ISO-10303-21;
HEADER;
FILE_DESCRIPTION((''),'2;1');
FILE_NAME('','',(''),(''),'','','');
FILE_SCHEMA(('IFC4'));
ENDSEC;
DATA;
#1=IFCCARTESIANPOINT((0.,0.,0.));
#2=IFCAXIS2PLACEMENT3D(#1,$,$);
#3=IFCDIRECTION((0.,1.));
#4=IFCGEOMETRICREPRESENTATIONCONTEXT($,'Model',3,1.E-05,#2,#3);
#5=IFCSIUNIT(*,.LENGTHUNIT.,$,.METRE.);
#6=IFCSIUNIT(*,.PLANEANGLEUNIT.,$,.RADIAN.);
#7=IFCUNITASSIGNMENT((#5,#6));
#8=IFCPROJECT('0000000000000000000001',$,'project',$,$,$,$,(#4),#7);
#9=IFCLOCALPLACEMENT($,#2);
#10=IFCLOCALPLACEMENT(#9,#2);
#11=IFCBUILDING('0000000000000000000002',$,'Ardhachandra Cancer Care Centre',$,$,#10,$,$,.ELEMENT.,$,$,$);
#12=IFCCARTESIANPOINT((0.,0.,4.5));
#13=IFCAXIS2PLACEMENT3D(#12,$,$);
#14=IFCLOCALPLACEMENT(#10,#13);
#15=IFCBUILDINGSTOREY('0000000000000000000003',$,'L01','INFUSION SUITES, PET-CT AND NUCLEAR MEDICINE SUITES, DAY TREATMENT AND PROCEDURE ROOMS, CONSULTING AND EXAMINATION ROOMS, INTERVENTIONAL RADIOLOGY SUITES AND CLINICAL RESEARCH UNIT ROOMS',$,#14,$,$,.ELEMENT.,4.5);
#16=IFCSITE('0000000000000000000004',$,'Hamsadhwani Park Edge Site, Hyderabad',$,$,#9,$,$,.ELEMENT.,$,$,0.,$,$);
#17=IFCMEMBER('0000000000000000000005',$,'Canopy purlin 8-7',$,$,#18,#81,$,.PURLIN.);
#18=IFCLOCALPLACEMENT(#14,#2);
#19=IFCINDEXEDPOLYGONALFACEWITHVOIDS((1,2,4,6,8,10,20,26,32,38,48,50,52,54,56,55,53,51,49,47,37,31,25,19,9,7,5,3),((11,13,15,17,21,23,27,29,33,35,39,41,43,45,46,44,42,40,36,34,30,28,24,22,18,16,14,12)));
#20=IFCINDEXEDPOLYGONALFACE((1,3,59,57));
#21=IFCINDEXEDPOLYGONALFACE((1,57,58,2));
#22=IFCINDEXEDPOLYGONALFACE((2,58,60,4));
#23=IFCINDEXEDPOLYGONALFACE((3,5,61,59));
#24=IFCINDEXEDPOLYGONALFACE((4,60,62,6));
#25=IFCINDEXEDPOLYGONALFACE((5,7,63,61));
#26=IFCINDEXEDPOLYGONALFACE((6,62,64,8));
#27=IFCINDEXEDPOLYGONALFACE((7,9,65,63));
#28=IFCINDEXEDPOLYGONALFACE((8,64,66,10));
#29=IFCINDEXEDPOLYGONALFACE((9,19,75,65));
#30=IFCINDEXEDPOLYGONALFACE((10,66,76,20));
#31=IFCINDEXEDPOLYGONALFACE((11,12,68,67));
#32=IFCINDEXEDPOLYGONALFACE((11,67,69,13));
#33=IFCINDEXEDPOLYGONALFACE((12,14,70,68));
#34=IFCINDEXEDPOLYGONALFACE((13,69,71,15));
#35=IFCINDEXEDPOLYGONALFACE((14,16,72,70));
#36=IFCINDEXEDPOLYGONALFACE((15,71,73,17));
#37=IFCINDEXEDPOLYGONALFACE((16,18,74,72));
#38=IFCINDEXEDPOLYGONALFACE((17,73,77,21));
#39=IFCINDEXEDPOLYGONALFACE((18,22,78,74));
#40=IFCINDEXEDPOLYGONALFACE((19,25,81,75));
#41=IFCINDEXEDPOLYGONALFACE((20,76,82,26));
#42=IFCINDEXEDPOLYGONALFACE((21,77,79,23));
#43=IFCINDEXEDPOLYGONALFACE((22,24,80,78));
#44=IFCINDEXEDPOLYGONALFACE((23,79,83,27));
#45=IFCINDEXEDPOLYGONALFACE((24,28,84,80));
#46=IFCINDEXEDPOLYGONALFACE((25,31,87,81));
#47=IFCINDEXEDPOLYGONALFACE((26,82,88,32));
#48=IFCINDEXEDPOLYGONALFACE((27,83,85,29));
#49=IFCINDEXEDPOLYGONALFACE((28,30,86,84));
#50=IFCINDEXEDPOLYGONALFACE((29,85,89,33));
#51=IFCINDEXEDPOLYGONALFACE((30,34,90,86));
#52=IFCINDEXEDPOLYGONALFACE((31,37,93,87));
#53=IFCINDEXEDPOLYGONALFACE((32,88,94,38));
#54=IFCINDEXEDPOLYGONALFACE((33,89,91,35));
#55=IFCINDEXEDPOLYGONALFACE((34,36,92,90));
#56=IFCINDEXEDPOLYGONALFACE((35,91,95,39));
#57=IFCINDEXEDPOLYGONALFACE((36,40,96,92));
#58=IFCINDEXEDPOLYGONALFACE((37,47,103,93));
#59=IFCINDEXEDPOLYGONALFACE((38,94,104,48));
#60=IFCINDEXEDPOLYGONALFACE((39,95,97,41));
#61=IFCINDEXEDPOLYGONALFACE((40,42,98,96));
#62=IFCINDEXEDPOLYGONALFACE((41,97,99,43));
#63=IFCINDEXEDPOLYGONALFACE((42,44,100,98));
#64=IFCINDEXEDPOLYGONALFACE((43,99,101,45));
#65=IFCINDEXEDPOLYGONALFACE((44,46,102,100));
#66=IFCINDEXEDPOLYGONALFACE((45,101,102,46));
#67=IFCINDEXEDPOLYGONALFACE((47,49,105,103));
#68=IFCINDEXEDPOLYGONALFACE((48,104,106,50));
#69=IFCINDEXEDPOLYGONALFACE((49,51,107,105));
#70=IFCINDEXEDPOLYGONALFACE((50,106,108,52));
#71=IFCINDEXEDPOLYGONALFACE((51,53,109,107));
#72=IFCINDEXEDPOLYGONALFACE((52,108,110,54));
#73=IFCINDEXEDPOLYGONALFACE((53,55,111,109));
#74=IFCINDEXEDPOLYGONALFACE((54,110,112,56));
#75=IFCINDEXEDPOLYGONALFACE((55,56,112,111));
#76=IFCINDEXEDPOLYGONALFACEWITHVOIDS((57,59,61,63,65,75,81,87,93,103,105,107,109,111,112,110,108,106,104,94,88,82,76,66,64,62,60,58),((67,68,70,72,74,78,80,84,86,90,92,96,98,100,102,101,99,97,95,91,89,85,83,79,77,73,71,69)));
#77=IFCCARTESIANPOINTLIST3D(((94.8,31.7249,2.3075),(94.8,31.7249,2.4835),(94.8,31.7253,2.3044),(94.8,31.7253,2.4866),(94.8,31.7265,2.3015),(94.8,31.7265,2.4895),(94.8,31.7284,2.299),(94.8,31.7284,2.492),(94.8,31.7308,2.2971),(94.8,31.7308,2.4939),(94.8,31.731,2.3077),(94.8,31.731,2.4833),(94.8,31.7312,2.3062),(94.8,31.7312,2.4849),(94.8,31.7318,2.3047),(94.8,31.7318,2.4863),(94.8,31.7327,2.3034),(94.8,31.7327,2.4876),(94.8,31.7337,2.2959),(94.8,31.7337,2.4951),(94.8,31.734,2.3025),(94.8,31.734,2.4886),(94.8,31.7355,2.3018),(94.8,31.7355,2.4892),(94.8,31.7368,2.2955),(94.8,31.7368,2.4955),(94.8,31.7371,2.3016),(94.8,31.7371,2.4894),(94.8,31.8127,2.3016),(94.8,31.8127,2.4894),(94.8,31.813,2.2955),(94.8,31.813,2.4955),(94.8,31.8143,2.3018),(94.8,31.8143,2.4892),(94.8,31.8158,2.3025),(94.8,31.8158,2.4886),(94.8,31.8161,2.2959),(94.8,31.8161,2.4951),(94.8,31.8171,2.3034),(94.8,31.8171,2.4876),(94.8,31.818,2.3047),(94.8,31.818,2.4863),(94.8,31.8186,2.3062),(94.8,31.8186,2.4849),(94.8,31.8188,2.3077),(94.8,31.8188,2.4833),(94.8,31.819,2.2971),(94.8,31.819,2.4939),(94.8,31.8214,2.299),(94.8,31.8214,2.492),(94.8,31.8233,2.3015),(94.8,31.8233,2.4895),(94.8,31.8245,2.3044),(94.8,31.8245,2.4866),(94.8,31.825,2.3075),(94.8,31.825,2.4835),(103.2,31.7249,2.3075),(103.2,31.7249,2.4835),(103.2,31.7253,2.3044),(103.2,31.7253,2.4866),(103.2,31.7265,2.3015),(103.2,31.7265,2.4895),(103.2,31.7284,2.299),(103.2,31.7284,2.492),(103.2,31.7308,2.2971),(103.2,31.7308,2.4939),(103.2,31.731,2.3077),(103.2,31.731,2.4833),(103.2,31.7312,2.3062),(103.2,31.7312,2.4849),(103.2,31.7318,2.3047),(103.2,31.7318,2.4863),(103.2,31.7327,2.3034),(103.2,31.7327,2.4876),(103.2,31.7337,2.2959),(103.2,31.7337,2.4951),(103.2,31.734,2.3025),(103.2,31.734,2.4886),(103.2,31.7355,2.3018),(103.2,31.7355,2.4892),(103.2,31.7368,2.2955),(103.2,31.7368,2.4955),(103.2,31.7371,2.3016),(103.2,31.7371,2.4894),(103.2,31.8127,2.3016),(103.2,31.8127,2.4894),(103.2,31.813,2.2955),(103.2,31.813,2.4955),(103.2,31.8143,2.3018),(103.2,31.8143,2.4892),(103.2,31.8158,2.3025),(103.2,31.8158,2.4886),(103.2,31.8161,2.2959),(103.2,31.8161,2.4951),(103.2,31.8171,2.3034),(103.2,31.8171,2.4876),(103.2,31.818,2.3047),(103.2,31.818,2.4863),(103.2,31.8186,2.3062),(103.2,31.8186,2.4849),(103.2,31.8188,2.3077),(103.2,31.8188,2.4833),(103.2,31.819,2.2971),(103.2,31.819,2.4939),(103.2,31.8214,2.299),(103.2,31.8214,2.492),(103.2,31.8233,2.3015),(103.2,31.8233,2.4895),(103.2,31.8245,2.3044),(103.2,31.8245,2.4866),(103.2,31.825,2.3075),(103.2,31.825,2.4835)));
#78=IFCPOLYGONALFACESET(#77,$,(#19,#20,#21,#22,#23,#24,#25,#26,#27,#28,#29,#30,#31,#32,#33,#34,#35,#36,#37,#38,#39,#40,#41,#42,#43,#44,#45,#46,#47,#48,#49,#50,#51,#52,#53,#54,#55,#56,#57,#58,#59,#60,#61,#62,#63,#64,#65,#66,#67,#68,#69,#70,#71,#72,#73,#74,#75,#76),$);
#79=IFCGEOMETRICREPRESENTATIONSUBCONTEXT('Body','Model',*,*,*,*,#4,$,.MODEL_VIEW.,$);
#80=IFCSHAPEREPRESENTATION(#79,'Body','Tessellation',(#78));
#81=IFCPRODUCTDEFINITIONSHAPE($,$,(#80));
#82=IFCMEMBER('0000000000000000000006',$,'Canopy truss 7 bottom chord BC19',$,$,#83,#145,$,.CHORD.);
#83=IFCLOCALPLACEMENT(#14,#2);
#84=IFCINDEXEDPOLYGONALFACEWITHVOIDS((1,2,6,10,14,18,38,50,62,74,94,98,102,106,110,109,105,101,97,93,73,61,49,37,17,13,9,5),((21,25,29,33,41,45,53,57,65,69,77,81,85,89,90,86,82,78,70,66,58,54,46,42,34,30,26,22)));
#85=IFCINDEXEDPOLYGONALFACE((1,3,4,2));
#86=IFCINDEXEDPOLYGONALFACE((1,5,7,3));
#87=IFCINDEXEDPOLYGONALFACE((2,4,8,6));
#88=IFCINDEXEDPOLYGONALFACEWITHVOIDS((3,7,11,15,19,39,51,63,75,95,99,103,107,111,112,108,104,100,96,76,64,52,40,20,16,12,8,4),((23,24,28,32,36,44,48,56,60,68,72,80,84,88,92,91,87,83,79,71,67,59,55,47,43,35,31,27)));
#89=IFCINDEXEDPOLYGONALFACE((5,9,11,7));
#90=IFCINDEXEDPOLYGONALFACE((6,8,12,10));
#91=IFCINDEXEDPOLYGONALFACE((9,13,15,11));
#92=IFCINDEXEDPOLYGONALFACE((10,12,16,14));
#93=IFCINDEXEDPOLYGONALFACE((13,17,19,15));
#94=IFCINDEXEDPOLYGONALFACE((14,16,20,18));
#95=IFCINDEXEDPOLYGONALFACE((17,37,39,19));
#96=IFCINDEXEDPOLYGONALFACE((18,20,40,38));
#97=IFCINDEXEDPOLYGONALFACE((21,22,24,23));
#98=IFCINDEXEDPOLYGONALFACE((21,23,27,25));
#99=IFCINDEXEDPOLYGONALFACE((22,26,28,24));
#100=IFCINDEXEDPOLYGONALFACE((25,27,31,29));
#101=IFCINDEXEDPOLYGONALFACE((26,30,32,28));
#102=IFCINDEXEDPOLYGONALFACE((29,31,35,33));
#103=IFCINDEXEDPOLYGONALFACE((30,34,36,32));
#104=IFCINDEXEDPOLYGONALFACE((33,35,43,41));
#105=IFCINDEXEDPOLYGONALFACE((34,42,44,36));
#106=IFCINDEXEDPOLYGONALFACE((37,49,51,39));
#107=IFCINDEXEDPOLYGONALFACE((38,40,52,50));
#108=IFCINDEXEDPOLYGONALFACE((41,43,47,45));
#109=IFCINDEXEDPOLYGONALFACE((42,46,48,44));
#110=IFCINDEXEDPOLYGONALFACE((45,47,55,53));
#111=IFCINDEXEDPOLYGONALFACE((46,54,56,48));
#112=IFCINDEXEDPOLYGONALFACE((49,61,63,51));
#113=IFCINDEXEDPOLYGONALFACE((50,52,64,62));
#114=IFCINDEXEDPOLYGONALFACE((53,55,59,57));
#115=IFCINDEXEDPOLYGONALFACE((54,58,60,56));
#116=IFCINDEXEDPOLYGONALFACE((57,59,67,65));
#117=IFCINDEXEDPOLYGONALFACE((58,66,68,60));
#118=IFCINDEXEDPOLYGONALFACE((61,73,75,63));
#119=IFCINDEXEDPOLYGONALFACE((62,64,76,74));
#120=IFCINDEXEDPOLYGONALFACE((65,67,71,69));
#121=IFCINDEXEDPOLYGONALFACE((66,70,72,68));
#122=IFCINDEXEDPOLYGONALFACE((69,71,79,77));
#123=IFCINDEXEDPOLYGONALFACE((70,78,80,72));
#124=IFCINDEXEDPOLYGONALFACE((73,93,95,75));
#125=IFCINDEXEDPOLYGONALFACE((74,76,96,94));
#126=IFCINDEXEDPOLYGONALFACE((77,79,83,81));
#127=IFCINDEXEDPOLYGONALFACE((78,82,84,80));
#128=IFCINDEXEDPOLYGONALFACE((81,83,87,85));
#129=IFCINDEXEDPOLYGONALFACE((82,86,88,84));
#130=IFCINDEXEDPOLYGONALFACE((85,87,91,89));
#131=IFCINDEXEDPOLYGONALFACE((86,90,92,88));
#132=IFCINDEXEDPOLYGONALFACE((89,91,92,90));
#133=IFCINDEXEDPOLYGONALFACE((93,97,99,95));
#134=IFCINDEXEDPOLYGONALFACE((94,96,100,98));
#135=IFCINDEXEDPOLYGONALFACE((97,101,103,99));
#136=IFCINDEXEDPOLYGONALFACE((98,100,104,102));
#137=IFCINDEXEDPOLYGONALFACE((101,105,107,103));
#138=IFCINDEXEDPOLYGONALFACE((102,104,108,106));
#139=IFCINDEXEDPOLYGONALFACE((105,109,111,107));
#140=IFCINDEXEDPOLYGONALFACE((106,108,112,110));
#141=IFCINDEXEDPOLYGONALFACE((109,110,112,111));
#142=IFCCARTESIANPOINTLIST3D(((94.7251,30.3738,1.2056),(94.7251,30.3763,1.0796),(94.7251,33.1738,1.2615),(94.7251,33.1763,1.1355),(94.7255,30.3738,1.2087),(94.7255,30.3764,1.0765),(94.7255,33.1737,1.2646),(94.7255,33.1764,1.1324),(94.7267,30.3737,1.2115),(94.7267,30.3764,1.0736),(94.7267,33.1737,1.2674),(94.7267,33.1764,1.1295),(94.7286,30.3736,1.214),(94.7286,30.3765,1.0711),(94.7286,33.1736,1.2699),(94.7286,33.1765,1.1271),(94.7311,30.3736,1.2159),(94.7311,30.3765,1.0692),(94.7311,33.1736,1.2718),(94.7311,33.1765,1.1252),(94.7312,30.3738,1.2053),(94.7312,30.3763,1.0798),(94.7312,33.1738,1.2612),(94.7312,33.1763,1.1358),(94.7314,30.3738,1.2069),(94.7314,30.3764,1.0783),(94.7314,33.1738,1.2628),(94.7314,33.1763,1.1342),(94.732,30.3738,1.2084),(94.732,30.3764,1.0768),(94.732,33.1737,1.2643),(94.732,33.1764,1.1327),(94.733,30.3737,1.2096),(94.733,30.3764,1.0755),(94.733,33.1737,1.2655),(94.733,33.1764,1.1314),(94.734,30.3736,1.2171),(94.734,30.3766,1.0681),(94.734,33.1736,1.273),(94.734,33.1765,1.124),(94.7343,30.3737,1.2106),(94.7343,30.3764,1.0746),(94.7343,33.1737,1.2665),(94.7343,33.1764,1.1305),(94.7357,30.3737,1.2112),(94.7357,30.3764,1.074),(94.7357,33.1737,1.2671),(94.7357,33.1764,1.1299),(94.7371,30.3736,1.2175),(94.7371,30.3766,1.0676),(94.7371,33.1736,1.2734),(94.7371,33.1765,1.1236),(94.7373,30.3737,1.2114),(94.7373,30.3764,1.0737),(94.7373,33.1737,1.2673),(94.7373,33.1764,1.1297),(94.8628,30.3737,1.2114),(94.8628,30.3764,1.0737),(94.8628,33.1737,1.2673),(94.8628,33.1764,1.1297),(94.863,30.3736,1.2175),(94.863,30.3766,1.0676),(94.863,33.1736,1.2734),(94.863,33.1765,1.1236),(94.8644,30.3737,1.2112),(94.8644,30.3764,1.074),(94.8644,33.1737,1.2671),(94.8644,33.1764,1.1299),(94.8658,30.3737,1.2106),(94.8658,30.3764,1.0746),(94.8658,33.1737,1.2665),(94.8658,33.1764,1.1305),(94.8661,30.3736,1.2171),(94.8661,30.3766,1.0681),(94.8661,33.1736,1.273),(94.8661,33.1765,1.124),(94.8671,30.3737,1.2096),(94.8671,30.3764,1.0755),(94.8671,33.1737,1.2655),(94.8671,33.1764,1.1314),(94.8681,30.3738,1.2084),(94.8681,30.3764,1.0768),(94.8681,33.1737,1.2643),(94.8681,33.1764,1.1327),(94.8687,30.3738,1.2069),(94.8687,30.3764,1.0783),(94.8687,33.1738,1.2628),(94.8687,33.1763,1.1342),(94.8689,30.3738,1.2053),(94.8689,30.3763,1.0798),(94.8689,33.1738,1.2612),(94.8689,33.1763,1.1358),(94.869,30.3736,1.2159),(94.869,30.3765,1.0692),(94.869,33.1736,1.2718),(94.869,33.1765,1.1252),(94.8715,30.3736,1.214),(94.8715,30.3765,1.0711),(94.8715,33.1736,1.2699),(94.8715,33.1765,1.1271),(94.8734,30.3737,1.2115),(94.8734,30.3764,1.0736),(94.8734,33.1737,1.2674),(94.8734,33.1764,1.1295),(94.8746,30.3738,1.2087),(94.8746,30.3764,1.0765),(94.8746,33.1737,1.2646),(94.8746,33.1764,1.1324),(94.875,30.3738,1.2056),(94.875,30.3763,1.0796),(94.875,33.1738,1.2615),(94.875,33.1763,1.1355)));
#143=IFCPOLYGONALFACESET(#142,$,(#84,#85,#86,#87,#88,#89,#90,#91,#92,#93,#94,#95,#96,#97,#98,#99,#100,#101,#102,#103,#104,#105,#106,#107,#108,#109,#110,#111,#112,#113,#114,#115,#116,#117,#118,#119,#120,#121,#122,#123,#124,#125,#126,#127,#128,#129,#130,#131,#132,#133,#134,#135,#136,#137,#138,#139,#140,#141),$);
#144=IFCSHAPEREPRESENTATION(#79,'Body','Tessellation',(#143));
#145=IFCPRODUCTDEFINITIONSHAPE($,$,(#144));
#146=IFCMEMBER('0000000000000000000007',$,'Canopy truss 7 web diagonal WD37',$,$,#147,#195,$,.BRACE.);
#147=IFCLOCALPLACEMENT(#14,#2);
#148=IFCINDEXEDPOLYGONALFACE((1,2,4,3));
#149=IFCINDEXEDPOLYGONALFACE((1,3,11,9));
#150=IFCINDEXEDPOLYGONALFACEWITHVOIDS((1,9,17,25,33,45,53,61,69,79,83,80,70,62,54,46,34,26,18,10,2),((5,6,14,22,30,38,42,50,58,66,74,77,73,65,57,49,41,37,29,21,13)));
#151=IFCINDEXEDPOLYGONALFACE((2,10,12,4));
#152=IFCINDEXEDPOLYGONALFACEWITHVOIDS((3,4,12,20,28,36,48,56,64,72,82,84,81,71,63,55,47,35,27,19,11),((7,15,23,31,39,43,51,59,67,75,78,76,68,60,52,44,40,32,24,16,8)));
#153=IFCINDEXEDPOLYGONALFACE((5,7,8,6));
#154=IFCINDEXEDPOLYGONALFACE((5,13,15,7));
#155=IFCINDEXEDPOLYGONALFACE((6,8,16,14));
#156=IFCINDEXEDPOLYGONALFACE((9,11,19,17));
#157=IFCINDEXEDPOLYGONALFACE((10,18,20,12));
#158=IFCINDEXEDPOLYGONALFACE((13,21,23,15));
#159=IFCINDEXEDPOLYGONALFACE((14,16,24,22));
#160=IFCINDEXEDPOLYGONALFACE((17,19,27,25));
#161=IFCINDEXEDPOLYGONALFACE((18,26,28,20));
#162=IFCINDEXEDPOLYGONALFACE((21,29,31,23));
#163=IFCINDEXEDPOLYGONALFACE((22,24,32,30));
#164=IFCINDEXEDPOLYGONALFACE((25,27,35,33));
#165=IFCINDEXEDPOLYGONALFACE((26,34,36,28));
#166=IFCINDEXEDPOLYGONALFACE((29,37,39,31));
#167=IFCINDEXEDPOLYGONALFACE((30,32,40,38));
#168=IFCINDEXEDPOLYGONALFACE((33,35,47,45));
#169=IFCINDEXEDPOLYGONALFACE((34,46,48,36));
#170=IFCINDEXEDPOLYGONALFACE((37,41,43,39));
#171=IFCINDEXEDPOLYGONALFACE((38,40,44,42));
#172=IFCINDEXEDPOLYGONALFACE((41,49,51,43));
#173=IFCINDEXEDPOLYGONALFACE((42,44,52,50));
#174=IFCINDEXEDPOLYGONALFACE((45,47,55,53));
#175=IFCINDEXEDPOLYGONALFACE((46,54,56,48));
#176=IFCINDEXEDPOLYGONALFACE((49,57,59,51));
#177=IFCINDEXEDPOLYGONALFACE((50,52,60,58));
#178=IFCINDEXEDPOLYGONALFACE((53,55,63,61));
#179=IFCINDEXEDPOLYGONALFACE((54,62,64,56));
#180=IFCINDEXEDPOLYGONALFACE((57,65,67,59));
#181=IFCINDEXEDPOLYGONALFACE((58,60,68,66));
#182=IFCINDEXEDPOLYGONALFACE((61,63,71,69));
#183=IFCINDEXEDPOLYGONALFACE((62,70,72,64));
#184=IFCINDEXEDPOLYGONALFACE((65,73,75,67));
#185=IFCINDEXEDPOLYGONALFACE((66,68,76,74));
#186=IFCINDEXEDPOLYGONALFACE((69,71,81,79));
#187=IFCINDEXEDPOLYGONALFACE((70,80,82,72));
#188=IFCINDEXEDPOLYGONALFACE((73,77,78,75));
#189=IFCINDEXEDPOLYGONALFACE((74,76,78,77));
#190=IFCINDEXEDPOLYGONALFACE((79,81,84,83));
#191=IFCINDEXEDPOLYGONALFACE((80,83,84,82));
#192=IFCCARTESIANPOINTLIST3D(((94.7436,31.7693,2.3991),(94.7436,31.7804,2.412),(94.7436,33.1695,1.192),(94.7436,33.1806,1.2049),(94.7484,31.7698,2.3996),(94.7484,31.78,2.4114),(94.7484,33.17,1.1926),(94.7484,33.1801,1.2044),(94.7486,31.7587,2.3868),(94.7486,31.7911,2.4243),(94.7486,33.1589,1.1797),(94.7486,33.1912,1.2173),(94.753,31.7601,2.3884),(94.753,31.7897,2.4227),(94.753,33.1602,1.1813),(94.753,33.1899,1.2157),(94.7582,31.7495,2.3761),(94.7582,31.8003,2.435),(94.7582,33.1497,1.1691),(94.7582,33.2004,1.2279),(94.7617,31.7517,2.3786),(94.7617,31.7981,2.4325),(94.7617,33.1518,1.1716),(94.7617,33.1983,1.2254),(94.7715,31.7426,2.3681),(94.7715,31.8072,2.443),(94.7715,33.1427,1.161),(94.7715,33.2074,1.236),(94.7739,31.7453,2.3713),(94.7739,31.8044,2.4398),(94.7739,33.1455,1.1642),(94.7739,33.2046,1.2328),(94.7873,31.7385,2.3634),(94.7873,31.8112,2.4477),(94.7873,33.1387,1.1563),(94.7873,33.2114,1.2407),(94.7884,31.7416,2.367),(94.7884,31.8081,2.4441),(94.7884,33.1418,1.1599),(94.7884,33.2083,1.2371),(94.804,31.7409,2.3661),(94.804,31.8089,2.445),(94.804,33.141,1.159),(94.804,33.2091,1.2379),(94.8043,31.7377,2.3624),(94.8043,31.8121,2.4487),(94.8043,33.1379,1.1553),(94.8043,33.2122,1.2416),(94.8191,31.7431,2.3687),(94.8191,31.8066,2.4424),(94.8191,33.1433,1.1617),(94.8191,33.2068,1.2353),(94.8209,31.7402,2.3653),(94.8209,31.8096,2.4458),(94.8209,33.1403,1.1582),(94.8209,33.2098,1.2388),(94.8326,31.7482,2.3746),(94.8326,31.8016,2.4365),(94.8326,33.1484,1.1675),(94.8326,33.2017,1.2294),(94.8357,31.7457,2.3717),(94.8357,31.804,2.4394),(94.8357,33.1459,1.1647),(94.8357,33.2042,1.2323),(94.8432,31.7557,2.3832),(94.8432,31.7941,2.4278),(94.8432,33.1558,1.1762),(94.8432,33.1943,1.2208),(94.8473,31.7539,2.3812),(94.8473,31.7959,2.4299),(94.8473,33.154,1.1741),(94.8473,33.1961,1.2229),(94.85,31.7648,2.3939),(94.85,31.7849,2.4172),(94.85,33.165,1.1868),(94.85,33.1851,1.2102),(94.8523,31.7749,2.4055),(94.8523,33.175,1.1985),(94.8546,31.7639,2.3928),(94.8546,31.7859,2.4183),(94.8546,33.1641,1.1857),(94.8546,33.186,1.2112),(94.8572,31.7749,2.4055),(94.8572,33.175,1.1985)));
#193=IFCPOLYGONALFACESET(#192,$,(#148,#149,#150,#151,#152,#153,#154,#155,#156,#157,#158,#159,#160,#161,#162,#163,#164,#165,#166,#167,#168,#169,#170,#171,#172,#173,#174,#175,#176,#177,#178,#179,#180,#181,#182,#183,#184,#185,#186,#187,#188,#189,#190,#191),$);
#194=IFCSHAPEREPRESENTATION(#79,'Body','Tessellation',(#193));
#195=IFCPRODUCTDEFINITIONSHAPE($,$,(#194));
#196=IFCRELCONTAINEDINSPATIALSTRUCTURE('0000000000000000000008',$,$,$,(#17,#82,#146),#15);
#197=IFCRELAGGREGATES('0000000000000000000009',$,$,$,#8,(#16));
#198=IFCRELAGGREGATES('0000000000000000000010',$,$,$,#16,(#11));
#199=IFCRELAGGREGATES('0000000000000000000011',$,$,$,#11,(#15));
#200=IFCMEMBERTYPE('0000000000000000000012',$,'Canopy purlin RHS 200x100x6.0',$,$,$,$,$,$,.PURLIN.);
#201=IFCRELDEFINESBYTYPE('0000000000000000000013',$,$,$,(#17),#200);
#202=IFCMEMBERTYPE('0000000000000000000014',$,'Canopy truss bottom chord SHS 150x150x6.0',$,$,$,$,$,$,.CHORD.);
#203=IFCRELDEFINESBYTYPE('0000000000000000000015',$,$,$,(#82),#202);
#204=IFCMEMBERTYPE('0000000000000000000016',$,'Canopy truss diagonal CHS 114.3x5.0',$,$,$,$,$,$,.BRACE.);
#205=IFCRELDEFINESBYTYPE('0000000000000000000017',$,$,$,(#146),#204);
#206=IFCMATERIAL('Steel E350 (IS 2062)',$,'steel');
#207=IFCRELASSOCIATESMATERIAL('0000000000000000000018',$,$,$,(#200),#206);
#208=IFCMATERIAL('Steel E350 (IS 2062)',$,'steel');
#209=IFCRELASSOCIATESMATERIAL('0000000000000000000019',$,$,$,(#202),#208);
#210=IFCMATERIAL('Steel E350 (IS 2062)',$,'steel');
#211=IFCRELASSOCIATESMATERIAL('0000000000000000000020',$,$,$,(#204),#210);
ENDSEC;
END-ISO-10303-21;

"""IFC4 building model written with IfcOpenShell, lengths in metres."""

from ifc_helpers import new_model, si_unit, direction, frame, origin, origin_2d, place, context, subcontext, project, spatial, hollow_rectangle, hollow_circle, extrude, material, material_profile, profile_set, type_object, element, save


model = new_model("IFC4")

# Units and contexts
model_context = context("Model", 3, precision=1e-05, world=origin(), true_north=direction((0.0, 1.0)))
body_context = subcontext(model_context, "Body", "Model", "MODEL_VIEW")
ifc_project = project(units=[si_unit("LENGTHUNIT", "METRE"), si_unit("PLANEANGLEUNIT", "RADIAN")], contexts=[model_context])

# Site, building, storey
site_placement = place(None, origin())
site = spatial("IfcSite", under=ifc_project, at=site_placement, Name="Hamsadhwani Park Edge Site, Hyderabad", CompositionType="ELEMENT", RefElevation=0.0)
building_placement = place(site_placement, origin())
building = spatial("IfcBuilding", under=site, at=building_placement, Name="Ardhachandra Cancer Care Centre", CompositionType="ELEMENT")
storey_placement = place(building_placement, frame((0.0, 0.0, 4.5)))
storey = spatial("IfcBuildingStorey", under=building, at=storey_placement, Name="L01", Description="INFUSION SUITES, PET-CT AND NUCLEAR MEDICINE SUITES, DAY TREATMENT AND PROCEDURE ROOMS, CONSULTING AND EXAMINATION ROOMS, INTERVENTIONAL RADIOLOGY SUITES AND CLINICAL RESEARCH UNIT ROOMS", CompositionType="ELEMENT", Elevation=4.5)

# Members
ifc_material_1 = material(Name="Steel E350 (IS 2062)", Category="steel")
ifc_material_profile_1 = material_profile(ifc_material_1, hollow_rectangle(XDim=0.1001, YDim=0.2, WallThickness=0.0061, InnerFilletRadius=0.0061, OuterFilletRadius=0.012, at=origin_2d()), Name="RHS 200x100x6.0")
ifc_profile_set_1 = profile_set([ifc_material_profile_1], Name="Steel E350 (IS 2062)")
member_type_1 = type_object("IfcMemberType", Name="Canopy purlin RHS 200x100x6.0", PredefinedType="PURLIN", material=ifc_profile_set_1)
member_1_placement = place(storey_placement, frame((94.8, 31.7749, 2.3955), z_axis=(1.0, 0.0, 0.0), x_axis=(0.0, 1.0, 0.0)))
element("IfcMember", 1, at=member_1_placement, inside=storey, type_object=member_type_1, Name="Canopy purlin 8-7", PredefinedType="PURLIN", context=body_context, shape_type="SweptSolid", body=[
    extrude(hollow_rectangle(XDim=0.1001, YDim=0.2, WallThickness=0.0061, InnerFilletRadius=0.0061, OuterFilletRadius=0.012, at=origin_2d()), origin(), (0.0, 0.0, 1.0), 8.3999),
])
ifc_material_2 = material(Name="Steel E350 (IS 2062)", Category="steel")
ifc_material_profile_2 = material_profile(ifc_material_2, hollow_rectangle(XDim=0.1499, YDim=0.1499, WallThickness=0.0061, InnerFilletRadius=0.0061, OuterFilletRadius=0.012, at=origin_2d()), Name="SHS 150x150x6.0")
ifc_profile_set_2 = profile_set([ifc_material_profile_2], Name="Steel E350 (IS 2062)")
member_type_2 = type_object("IfcMemberType", Name="Canopy truss bottom chord SHS 150x150x6.0", PredefinedType="CHORD", material=ifc_profile_set_2)
member_2_placement = place(storey_placement, frame((94.8, 33.175, 1.1985), z_axis=(0.0, -0.999801, -0.019963), x_axis=(1.0, 0.0, 0.0)))
element("IfcMember", 2, at=member_2_placement, inside=storey, type_object=member_type_2, Name="Canopy truss 7 bottom chord BC19", PredefinedType="CHORD", context=body_context, shape_type="SweptSolid", body=[
    extrude(hollow_rectangle(XDim=0.1499, YDim=0.1499, WallThickness=0.0061, InnerFilletRadius=0.0061, OuterFilletRadius=0.012, at=origin_2d()), origin(), (0.0, 0.0, 1.0), 2.8005),
])
ifc_material_3 = material(Name="Steel E350 (IS 2062)", Category="steel")
ifc_material_profile_3 = material_profile(ifc_material_3, hollow_circle(Radius=0.0571, WallThickness=0.0049, at=origin_2d()), Name="CHS 114.3x5.0")
ifc_profile_set_3 = profile_set([ifc_material_profile_3], Name="Steel E350 (IS 2062)")
member_type_3 = type_object("IfcMemberType", Name="Canopy truss diagonal CHS 114.3x5.0", PredefinedType="BRACE", material=ifc_profile_set_3)
member_3_placement = place(storey_placement, frame((94.8, 33.175, 1.1985), z_axis=(0.0, -0.757408, 0.652942), x_axis=(1.0, 0.0, 0.0)))
element("IfcMember", 3, at=member_3_placement, inside=storey, type_object=member_type_3, Name="Canopy truss 7 web diagonal WD37", PredefinedType="BRACE", context=body_context, shape_type="SweptSolid", body=[
    extrude(hollow_circle(Radius=0.0571, WallThickness=0.0049, at=origin_2d()), origin(), (0.0, 0.0, 1.0), 1.8486),
])

save(model, "model.ifc")
